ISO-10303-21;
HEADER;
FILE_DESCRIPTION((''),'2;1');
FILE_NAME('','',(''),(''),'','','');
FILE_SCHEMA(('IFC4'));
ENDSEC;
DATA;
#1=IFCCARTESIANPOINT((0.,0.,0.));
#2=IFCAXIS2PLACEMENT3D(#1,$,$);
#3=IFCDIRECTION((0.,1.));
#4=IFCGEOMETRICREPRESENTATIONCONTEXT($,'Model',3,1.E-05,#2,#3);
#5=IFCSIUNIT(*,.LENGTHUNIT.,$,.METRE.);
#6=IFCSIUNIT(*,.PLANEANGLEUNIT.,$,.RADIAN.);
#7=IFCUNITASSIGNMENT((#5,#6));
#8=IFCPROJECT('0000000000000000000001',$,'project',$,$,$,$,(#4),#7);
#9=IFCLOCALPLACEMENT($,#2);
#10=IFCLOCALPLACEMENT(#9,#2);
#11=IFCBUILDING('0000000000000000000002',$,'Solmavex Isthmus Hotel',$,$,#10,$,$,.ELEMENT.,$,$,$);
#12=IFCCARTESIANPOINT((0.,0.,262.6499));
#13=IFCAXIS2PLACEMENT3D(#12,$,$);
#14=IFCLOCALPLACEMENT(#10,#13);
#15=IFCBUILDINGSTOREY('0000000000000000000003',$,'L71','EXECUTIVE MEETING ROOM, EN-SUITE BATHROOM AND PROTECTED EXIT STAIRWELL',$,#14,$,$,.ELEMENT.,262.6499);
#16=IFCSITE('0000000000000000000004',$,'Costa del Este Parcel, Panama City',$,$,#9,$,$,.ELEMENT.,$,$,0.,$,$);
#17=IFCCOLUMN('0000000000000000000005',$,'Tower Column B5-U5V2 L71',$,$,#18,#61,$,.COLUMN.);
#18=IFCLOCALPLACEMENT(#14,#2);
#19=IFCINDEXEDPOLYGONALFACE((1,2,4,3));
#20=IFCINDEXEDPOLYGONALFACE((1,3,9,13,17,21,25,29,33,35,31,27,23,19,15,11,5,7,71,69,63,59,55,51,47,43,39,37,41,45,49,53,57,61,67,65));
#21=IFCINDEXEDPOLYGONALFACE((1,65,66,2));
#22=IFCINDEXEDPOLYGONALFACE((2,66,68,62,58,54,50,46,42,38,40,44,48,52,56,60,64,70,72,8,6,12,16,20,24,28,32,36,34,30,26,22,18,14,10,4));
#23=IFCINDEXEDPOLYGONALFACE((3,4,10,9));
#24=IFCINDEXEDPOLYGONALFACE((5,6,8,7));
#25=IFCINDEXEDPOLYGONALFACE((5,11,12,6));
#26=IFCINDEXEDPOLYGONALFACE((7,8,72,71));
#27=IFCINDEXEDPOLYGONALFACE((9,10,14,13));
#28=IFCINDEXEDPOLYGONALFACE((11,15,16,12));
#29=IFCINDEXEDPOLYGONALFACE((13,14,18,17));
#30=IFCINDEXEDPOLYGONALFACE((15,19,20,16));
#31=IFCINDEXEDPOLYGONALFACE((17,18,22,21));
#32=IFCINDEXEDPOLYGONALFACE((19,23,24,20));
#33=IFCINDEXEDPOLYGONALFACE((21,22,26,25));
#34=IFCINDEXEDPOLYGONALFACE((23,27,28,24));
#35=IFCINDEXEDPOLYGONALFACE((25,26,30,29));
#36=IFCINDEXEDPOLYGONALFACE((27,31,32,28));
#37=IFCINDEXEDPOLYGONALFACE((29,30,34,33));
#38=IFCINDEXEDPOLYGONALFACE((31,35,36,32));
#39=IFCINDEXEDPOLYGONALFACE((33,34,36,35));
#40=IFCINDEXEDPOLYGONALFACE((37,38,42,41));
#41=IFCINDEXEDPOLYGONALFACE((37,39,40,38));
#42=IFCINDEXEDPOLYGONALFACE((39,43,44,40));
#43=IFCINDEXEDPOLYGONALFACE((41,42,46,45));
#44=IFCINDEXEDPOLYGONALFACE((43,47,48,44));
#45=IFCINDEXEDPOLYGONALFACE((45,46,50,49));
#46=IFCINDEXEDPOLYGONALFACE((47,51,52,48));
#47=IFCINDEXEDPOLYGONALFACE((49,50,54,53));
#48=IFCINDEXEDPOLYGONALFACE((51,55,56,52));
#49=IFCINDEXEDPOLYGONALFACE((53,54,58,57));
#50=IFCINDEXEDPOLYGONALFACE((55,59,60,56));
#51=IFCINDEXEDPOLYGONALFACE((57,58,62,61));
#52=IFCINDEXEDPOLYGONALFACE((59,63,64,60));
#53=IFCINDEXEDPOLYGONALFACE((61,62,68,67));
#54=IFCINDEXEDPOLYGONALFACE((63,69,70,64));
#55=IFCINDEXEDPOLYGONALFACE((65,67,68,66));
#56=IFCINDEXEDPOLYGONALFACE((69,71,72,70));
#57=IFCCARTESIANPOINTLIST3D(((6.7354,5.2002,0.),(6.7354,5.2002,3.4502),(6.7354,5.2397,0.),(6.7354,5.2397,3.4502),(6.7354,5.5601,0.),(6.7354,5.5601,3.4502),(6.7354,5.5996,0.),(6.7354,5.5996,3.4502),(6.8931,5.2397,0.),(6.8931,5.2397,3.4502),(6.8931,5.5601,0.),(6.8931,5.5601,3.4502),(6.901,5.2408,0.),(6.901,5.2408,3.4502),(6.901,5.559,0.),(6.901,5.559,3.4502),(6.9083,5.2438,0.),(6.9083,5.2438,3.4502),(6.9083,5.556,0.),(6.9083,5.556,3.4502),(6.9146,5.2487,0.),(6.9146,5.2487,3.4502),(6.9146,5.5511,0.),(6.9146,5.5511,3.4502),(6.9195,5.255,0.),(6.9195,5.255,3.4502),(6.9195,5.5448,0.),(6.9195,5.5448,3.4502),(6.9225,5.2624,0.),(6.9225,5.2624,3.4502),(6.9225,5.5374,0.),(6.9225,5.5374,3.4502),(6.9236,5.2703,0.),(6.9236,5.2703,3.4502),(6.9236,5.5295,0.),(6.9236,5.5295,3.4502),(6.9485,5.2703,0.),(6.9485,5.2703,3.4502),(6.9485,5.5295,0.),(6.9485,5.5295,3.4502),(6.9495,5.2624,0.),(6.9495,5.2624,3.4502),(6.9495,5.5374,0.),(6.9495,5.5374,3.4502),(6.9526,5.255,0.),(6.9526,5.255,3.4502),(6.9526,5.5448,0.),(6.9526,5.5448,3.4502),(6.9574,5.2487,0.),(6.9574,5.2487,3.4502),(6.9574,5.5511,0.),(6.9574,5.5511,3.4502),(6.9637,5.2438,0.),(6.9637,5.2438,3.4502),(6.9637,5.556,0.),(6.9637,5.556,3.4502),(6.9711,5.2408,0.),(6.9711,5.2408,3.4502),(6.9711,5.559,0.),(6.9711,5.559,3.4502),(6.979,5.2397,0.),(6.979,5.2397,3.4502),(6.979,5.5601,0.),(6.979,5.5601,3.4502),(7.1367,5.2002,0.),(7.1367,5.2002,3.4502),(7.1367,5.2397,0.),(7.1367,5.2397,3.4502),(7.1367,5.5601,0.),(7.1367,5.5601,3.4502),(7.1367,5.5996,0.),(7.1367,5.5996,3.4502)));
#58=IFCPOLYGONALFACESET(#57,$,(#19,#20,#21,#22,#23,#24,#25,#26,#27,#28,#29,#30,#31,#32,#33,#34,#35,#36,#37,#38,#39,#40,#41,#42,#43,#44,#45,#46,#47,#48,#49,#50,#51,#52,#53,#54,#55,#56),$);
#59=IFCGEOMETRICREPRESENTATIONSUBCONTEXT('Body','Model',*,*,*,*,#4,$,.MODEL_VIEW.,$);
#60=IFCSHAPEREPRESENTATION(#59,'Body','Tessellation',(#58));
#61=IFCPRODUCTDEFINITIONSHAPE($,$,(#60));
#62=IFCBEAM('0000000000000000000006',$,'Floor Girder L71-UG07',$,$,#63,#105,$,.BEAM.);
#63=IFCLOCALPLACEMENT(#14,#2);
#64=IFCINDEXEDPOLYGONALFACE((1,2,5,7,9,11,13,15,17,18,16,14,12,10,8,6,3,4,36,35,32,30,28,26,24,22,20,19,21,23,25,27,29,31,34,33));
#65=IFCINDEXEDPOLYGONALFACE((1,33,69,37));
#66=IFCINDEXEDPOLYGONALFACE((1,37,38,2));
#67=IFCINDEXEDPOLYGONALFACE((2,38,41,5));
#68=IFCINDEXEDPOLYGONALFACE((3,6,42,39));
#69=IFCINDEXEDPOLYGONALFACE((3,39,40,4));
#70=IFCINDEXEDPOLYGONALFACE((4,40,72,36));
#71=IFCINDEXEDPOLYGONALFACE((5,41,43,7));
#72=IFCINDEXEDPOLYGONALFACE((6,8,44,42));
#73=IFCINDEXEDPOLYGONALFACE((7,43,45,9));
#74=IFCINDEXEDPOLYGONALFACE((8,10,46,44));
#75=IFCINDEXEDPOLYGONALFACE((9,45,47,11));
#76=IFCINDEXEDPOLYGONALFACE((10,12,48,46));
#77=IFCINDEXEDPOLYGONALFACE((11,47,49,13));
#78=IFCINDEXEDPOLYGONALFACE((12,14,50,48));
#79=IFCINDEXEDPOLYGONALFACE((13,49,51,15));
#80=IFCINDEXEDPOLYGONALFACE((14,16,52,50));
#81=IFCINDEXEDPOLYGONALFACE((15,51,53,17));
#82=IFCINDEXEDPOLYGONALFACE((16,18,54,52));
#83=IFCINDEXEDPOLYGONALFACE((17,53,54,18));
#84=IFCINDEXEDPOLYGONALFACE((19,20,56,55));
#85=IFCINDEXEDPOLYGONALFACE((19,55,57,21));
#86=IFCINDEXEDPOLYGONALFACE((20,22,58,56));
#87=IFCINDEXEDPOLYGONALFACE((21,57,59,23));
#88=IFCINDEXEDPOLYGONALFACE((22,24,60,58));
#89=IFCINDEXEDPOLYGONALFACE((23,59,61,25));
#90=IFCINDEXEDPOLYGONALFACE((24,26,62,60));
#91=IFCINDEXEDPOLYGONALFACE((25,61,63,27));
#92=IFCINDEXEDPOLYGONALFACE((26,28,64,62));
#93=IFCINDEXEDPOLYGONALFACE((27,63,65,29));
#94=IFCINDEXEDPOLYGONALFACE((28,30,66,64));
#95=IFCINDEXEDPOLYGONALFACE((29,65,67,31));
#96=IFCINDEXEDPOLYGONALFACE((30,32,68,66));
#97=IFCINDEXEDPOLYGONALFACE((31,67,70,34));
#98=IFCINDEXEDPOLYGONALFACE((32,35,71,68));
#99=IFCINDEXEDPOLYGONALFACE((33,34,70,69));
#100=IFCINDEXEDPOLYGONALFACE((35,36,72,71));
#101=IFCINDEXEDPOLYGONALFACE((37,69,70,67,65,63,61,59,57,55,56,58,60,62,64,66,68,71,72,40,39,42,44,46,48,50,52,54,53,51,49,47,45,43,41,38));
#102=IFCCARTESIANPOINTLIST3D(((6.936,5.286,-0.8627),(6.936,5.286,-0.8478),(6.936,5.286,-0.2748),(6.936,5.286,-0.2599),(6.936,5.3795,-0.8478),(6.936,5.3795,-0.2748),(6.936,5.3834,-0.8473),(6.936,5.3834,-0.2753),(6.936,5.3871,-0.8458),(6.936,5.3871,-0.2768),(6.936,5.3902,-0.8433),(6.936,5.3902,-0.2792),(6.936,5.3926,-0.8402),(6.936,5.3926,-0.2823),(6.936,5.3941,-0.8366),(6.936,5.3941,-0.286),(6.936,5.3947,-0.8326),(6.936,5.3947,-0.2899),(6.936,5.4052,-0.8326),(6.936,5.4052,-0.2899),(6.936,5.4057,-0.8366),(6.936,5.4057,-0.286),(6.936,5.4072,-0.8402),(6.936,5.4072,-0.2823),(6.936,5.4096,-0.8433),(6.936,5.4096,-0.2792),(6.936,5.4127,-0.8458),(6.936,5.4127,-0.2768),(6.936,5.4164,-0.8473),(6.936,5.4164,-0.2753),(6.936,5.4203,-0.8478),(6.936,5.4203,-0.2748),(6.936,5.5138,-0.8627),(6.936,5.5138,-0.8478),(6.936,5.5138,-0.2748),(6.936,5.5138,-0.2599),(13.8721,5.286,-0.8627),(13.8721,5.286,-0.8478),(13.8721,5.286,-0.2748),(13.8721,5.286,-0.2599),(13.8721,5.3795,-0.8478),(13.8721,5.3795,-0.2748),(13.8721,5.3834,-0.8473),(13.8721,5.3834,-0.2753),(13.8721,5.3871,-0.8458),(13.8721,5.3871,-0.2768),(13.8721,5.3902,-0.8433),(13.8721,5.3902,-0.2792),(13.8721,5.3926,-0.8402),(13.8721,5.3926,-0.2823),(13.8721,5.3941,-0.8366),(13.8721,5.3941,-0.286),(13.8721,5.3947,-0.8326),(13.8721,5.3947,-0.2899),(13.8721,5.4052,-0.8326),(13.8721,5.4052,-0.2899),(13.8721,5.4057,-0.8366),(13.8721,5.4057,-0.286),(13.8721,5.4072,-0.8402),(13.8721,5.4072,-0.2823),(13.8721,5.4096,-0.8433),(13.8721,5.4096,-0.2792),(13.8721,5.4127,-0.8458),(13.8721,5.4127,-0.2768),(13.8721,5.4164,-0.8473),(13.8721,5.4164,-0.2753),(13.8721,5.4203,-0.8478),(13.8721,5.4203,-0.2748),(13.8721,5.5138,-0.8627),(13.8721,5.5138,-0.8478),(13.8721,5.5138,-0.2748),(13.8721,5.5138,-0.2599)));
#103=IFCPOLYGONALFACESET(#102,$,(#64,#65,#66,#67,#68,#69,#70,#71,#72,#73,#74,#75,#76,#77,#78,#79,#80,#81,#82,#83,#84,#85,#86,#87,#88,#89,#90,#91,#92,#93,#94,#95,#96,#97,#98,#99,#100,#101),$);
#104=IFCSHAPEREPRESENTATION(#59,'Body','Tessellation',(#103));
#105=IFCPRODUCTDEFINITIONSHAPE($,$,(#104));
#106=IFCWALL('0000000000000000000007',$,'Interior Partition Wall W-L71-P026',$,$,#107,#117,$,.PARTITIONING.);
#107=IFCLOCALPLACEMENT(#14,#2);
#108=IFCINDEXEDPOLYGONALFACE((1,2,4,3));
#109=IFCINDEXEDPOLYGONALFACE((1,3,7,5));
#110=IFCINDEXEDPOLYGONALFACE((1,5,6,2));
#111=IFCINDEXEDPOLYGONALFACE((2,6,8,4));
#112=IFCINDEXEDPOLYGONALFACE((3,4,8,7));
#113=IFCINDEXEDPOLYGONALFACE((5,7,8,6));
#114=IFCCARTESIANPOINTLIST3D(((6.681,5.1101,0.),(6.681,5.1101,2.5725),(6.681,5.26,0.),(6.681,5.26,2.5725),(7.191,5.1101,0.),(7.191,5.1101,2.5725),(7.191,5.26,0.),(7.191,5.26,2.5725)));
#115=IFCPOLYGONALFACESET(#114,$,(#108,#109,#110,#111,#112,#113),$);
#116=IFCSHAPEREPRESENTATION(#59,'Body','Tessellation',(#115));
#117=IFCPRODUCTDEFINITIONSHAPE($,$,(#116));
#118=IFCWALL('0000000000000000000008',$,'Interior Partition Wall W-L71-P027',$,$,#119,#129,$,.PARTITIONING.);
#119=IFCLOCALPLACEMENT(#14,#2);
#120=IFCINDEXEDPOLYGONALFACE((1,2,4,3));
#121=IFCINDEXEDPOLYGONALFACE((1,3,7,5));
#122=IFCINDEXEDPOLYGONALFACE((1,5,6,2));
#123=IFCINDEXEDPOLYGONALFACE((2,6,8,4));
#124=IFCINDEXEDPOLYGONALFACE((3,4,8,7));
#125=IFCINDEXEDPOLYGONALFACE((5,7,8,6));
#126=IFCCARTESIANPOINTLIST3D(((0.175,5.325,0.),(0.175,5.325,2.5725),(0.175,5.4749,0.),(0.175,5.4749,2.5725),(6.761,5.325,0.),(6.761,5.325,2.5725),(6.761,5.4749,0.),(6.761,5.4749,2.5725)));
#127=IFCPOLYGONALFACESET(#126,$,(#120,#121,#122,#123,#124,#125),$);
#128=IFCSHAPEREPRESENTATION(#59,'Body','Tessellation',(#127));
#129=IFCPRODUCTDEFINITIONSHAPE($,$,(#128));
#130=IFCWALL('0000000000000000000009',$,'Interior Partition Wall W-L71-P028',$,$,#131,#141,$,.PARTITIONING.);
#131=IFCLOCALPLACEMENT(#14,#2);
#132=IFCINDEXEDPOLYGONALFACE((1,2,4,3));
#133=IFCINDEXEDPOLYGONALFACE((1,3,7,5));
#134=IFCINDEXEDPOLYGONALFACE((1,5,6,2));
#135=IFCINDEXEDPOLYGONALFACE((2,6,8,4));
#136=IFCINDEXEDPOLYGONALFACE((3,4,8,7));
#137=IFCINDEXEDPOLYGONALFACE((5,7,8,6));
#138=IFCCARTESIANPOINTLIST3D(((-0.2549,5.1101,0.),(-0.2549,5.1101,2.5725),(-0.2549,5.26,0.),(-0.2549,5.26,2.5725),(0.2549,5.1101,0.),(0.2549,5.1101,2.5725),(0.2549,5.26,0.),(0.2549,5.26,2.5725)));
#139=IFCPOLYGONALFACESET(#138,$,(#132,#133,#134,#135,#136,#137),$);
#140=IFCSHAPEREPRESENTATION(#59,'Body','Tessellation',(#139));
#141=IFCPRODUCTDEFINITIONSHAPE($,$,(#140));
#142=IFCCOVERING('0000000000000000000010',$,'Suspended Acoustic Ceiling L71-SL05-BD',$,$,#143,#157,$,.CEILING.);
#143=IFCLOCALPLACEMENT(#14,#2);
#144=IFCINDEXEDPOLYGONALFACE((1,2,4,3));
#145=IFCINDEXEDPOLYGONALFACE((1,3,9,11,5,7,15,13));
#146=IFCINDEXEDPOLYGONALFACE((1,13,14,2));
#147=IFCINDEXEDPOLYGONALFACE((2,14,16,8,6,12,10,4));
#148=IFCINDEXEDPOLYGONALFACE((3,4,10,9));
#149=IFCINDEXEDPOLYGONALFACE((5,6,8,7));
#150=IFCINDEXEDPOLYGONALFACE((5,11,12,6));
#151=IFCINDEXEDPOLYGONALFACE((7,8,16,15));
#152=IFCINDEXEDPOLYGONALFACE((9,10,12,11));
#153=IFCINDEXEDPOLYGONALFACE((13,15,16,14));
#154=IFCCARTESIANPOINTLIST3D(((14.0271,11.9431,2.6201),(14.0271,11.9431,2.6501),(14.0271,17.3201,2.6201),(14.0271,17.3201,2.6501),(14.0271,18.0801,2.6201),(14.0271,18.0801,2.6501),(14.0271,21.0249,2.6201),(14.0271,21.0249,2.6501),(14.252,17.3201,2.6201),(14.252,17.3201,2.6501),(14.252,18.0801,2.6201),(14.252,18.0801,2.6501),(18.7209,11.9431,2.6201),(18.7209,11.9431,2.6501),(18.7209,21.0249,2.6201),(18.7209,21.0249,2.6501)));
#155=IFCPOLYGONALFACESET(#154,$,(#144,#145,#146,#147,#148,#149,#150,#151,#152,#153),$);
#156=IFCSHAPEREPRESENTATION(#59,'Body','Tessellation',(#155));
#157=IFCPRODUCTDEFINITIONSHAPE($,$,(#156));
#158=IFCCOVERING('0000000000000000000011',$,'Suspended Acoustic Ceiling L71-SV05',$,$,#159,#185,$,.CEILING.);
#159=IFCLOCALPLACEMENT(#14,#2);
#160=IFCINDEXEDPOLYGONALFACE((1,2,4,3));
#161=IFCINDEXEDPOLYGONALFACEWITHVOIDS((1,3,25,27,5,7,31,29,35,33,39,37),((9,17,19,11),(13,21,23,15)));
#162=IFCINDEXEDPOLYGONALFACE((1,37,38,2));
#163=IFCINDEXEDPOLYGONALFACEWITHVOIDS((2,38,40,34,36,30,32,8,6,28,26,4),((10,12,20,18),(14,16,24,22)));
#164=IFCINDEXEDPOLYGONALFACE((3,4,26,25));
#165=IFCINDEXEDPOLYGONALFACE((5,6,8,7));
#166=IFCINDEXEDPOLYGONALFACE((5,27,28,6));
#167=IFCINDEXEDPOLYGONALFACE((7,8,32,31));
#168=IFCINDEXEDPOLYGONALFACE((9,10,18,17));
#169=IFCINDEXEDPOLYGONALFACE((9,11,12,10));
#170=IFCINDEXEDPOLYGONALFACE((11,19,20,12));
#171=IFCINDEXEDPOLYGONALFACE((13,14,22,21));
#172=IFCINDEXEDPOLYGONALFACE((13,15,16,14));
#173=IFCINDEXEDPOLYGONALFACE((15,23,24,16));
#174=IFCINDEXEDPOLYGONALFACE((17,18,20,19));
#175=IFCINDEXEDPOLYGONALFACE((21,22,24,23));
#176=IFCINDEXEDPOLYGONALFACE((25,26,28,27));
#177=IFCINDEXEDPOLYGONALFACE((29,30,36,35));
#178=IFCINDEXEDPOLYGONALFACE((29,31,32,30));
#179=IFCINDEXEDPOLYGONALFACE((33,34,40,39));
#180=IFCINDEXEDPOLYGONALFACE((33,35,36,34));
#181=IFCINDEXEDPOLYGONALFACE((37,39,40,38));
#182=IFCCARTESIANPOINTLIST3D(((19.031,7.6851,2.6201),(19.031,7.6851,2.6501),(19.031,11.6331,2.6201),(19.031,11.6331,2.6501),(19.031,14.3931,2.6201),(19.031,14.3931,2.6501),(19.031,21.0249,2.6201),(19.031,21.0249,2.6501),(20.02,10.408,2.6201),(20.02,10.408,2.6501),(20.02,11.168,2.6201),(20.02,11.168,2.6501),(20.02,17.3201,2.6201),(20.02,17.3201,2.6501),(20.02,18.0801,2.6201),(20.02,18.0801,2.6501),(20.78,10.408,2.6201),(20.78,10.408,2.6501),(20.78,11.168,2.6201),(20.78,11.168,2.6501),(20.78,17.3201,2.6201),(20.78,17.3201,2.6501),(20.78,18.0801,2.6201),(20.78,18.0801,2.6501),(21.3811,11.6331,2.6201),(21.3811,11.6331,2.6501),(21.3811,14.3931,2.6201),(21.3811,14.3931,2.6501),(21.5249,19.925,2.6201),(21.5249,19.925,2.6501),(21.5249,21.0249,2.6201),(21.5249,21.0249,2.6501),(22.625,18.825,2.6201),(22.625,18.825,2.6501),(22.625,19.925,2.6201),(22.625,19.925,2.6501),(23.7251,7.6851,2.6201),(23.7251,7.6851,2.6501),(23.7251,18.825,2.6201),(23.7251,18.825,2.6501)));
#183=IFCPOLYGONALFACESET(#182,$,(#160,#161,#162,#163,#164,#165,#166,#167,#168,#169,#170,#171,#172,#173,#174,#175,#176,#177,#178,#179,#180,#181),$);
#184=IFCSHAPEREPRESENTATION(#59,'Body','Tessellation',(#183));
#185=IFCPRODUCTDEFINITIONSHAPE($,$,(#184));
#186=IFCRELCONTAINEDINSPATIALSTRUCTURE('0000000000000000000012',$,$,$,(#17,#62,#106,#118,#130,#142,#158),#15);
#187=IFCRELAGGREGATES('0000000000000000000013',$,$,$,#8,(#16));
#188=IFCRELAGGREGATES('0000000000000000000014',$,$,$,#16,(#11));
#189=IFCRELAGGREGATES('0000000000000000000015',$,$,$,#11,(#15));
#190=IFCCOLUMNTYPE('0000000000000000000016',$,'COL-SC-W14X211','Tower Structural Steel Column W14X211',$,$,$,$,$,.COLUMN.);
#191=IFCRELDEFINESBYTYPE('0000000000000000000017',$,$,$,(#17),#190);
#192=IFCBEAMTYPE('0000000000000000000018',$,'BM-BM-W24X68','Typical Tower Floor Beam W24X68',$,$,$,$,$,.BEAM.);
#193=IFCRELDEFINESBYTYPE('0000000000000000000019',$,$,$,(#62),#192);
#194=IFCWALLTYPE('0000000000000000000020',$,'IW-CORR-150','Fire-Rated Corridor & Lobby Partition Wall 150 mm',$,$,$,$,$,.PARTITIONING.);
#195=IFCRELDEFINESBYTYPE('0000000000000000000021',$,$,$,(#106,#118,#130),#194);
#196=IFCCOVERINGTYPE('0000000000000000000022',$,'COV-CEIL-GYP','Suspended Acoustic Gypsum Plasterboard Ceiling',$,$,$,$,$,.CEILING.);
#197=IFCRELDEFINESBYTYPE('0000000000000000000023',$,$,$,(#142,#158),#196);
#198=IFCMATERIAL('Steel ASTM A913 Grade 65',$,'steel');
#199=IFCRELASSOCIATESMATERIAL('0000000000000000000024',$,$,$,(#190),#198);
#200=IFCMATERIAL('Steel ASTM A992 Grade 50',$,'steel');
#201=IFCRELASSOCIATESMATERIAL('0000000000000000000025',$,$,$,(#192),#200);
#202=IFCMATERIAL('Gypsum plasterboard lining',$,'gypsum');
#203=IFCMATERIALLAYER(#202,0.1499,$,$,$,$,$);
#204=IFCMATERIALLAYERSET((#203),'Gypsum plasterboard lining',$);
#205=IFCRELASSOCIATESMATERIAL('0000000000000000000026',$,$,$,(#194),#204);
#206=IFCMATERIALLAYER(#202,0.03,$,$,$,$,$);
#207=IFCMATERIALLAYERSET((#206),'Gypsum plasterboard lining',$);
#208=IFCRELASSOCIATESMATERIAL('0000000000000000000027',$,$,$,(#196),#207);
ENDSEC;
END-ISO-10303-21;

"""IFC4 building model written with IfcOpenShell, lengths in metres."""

from ifc_helpers import new_model, si_unit, direction, frame, frame_2d, origin, origin_2d, place, context, subcontext, project, spatial, polyline, rectangle, i_section, outline, extrude, material, layer, layer_set, material_profile, profile_set, type_object, element, save


model = new_model("IFC4")

# Units and contexts
model_context = context("Model", 3, precision=1e-05, world=origin(), true_north=direction((0.0, 1.0)))
body_context = subcontext(model_context, "Body", "Model", "MODEL_VIEW")
ifc_project = project(units=[si_unit("LENGTHUNIT", "METRE"), si_unit("PLANEANGLEUNIT", "RADIAN")], contexts=[model_context])

# Site, building, storey
site_placement = place(None, origin())
site = spatial("IfcSite", under=ifc_project, at=site_placement, Name="Costa del Este Parcel, Panama City", CompositionType="ELEMENT", RefElevation=0.0)
building_placement = place(site_placement, origin())
building = spatial("IfcBuilding", under=site, at=building_placement, Name="Solmavex Isthmus Hotel", CompositionType="ELEMENT")
storey_placement = place(building_placement, frame((0.0, 0.0, 262.6499)))
storey = spatial("IfcBuildingStorey", under=building, at=storey_placement, Name="L71", Description="EXECUTIVE MEETING ROOM, EN-SUITE BATHROOM AND PROTECTED EXIT STAIRWELL", CompositionType="ELEMENT", Elevation=262.6499)

# Column
ifc_material_1 = material(Name="Steel ASTM A913 Grade 65", Category="steel")
ifc_material_profile_1 = material_profile(ifc_material_1, i_section(OverallWidth=0.4014, OverallDepth=0.3994, WebThickness=0.0249, FlangeThickness=0.0396, FilletRadius=0.0305, at=origin_2d()), Name="W14X211")
ifc_profile_set_1 = profile_set([ifc_material_profile_1], Name="Steel ASTM A913 Grade 65")
column_type = type_object("IfcColumnType", Name="COL-SC-W14X211", Description="Tower Structural Steel Column W14X211", PredefinedType="COLUMN", material=ifc_profile_set_1)
column_placement = place(storey_placement, frame((6.936, 5.3999, 0.0), z_axis=(0.0, 0.0, 1.0), x_axis=(1.0, 0.0, 0.0)))
element("IfcColumn", 1, at=column_placement, inside=storey, type_object=column_type, Name="Tower Column B5-U5V2 L71", PredefinedType="COLUMN", context=body_context, shape_type="SweptSolid", body=[
    extrude(i_section(OverallWidth=0.4014, OverallDepth=0.3994, WebThickness=0.0249, FlangeThickness=0.0396, FilletRadius=0.0305, at=origin_2d()), origin(), (0.0, 0.0, 1.0), 3.4502),
])

# Beam
ifc_material_2 = material(Name="Steel ASTM A992 Grade 50", Category="steel")
ifc_material_profile_2 = material_profile(ifc_material_2, i_section(OverallWidth=0.2278, OverallDepth=0.6028, WebThickness=0.0105, FlangeThickness=0.0149, FilletRadius=0.0151, at=origin_2d()), Name="W24X68")
ifc_profile_set_2 = profile_set([ifc_material_profile_2], Name="Steel ASTM A992 Grade 50")
beam_type = type_object("IfcBeamType", Name="BM-BM-W24X68", Description="Typical Tower Floor Beam W24X68", PredefinedType="BEAM", material=ifc_profile_set_2)
beam_placement = place(storey_placement, frame((6.936, 5.3999, -0.5613), z_axis=(1.0, 0.0, 0.0), x_axis=(0.0, 1.0, 0.0)))
element("IfcBeam", 2, at=beam_placement, inside=storey, type_object=beam_type, Name="Floor Girder L71-UG07", PredefinedType="BEAM", context=body_context, shape_type="SweptSolid", body=[
    extrude(i_section(OverallWidth=0.2278, OverallDepth=0.6028, WebThickness=0.0105, FlangeThickness=0.0149, FilletRadius=0.0151, at=origin_2d()), origin(), (0.0, 0.0, 1.0), 6.936),
])

# Walls
ifc_material_3 = material(Name="Gypsum plasterboard lining", Category="gypsum")
ifc_layer_1 = layer(ifc_material_3, 0.1499)
ifc_layer_set_1 = layer_set([ifc_layer_1], Name="Gypsum plasterboard lining")
wall_type = type_object("IfcWallType", Name="IW-CORR-150", Description="Fire-Rated Corridor & Lobby Partition Wall 150 mm", PredefinedType="PARTITIONING", material=ifc_layer_set_1)
wall_1_placement = place(storey_placement, frame((7.1909, 5.1851, 0.0), z_axis=(0.0, 0.0, 1.0), x_axis=(-1.0, 0.0, 0.0)))
element("IfcWall", 3, at=wall_1_placement, inside=storey, type_object=wall_type, Name="Interior Partition Wall W-L71-P026", PredefinedType="PARTITIONING", context=body_context, shape_type="SweptSolid", body=[
    extrude(rectangle(XDim=0.51, YDim=0.1499, at=frame_2d((0.2549, 0.0))), origin(), (0.0, 0.0, 1.0), 2.5725),
])
wall_2_placement = place(storey_placement, frame((6.761, 5.3999, 0.0), z_axis=(0.0, 0.0, 1.0), x_axis=(-1.0, 0.0, 0.0)))
element("IfcWall", 4, at=wall_2_placement, inside=storey, type_object=wall_type, Name="Interior Partition Wall W-L71-P027", PredefinedType="PARTITIONING", context=body_context, shape_type="SweptSolid", body=[
    extrude(rectangle(XDim=6.5859, YDim=0.1499, at=frame_2d((3.293, 0.0))), origin(), (0.0, 0.0, 1.0), 2.5725),
])
wall_3_placement = place(storey_placement, frame((0.2549, 5.1851, 0.0), z_axis=(0.0, 0.0, 1.0), x_axis=(-1.0, 0.0, 0.0)))
element("IfcWall", 5, at=wall_3_placement, inside=storey, type_object=wall_type, Name="Interior Partition Wall W-L71-P028", PredefinedType="PARTITIONING", context=body_context, shape_type="SweptSolid", body=[
    extrude(rectangle(XDim=0.5098, YDim=0.1499, at=frame_2d((0.2549, 0.0))), origin(), (0.0, 0.0, 1.0), 2.5725),
])

# Coverings
ifc_layer_2 = layer(ifc_material_3, 0.03)
ifc_layer_set_2 = layer_set([ifc_layer_2], Name="Gypsum plasterboard lining")
covering_type_1 = type_object("IfcCoveringType", Name="COV-CEIL-GYP", Description="Suspended Acoustic Gypsum Plasterboard Ceiling", PredefinedType="CEILING", material=ifc_layer_set_2)
covering_1_placement = place(storey_placement, frame((0.0, 0.0, 2.6201)))
element("IfcCovering", 6, at=covering_1_placement, inside=storey, type_object=covering_type_1, Name="Suspended Acoustic Ceiling L71-SL05-BD", PredefinedType="CEILING", context=body_context, shape_type="SweptSolid", body=[
    extrude(outline(polyline([(14.0271, 18.0801), (14.252, 18.0801), (14.252, 17.3201), (14.0271, 17.3201), (14.0271, 11.9431), (18.7209, 11.9431), (18.7209, 21.0249), (14.0271, 21.0249), (14.0271, 18.0801)])), origin(), (0.0, 0.0, 1.0), 0.03),
])
covering_2_placement = place(storey_placement, frame((0.0, 0.0, 2.6201)))
element("IfcCovering", 7, at=covering_2_placement, inside=storey, type_object=covering_type_1, Name="Suspended Acoustic Ceiling L71-SV05", PredefinedType="CEILING", context=body_context, shape_type="SweptSolid", body=[
    extrude(outline(polyline([(22.625, 19.925), (21.5249, 19.925), (21.5249, 21.0249), (19.031, 21.0249), (19.031, 14.3931), (21.3811, 14.3931), (21.3811, 11.6331), (19.031, 11.6331), (19.031, 7.6851), (23.7251, 7.6851), (23.7251, 18.825), (22.625, 18.825), (22.625, 19.925)]), holes=[polyline([(20.02, 10.408), (20.02, 11.168), (20.78, 11.168), (20.78, 10.408), (20.02, 10.408)]), polyline([(20.02, 17.3201), (20.02, 18.0801), (20.78, 18.0801), (20.78, 17.3201), (20.02, 17.3201)])]), origin(), (0.0, 0.0, 1.0), 0.03),
])

save(model, "model.ifc")
